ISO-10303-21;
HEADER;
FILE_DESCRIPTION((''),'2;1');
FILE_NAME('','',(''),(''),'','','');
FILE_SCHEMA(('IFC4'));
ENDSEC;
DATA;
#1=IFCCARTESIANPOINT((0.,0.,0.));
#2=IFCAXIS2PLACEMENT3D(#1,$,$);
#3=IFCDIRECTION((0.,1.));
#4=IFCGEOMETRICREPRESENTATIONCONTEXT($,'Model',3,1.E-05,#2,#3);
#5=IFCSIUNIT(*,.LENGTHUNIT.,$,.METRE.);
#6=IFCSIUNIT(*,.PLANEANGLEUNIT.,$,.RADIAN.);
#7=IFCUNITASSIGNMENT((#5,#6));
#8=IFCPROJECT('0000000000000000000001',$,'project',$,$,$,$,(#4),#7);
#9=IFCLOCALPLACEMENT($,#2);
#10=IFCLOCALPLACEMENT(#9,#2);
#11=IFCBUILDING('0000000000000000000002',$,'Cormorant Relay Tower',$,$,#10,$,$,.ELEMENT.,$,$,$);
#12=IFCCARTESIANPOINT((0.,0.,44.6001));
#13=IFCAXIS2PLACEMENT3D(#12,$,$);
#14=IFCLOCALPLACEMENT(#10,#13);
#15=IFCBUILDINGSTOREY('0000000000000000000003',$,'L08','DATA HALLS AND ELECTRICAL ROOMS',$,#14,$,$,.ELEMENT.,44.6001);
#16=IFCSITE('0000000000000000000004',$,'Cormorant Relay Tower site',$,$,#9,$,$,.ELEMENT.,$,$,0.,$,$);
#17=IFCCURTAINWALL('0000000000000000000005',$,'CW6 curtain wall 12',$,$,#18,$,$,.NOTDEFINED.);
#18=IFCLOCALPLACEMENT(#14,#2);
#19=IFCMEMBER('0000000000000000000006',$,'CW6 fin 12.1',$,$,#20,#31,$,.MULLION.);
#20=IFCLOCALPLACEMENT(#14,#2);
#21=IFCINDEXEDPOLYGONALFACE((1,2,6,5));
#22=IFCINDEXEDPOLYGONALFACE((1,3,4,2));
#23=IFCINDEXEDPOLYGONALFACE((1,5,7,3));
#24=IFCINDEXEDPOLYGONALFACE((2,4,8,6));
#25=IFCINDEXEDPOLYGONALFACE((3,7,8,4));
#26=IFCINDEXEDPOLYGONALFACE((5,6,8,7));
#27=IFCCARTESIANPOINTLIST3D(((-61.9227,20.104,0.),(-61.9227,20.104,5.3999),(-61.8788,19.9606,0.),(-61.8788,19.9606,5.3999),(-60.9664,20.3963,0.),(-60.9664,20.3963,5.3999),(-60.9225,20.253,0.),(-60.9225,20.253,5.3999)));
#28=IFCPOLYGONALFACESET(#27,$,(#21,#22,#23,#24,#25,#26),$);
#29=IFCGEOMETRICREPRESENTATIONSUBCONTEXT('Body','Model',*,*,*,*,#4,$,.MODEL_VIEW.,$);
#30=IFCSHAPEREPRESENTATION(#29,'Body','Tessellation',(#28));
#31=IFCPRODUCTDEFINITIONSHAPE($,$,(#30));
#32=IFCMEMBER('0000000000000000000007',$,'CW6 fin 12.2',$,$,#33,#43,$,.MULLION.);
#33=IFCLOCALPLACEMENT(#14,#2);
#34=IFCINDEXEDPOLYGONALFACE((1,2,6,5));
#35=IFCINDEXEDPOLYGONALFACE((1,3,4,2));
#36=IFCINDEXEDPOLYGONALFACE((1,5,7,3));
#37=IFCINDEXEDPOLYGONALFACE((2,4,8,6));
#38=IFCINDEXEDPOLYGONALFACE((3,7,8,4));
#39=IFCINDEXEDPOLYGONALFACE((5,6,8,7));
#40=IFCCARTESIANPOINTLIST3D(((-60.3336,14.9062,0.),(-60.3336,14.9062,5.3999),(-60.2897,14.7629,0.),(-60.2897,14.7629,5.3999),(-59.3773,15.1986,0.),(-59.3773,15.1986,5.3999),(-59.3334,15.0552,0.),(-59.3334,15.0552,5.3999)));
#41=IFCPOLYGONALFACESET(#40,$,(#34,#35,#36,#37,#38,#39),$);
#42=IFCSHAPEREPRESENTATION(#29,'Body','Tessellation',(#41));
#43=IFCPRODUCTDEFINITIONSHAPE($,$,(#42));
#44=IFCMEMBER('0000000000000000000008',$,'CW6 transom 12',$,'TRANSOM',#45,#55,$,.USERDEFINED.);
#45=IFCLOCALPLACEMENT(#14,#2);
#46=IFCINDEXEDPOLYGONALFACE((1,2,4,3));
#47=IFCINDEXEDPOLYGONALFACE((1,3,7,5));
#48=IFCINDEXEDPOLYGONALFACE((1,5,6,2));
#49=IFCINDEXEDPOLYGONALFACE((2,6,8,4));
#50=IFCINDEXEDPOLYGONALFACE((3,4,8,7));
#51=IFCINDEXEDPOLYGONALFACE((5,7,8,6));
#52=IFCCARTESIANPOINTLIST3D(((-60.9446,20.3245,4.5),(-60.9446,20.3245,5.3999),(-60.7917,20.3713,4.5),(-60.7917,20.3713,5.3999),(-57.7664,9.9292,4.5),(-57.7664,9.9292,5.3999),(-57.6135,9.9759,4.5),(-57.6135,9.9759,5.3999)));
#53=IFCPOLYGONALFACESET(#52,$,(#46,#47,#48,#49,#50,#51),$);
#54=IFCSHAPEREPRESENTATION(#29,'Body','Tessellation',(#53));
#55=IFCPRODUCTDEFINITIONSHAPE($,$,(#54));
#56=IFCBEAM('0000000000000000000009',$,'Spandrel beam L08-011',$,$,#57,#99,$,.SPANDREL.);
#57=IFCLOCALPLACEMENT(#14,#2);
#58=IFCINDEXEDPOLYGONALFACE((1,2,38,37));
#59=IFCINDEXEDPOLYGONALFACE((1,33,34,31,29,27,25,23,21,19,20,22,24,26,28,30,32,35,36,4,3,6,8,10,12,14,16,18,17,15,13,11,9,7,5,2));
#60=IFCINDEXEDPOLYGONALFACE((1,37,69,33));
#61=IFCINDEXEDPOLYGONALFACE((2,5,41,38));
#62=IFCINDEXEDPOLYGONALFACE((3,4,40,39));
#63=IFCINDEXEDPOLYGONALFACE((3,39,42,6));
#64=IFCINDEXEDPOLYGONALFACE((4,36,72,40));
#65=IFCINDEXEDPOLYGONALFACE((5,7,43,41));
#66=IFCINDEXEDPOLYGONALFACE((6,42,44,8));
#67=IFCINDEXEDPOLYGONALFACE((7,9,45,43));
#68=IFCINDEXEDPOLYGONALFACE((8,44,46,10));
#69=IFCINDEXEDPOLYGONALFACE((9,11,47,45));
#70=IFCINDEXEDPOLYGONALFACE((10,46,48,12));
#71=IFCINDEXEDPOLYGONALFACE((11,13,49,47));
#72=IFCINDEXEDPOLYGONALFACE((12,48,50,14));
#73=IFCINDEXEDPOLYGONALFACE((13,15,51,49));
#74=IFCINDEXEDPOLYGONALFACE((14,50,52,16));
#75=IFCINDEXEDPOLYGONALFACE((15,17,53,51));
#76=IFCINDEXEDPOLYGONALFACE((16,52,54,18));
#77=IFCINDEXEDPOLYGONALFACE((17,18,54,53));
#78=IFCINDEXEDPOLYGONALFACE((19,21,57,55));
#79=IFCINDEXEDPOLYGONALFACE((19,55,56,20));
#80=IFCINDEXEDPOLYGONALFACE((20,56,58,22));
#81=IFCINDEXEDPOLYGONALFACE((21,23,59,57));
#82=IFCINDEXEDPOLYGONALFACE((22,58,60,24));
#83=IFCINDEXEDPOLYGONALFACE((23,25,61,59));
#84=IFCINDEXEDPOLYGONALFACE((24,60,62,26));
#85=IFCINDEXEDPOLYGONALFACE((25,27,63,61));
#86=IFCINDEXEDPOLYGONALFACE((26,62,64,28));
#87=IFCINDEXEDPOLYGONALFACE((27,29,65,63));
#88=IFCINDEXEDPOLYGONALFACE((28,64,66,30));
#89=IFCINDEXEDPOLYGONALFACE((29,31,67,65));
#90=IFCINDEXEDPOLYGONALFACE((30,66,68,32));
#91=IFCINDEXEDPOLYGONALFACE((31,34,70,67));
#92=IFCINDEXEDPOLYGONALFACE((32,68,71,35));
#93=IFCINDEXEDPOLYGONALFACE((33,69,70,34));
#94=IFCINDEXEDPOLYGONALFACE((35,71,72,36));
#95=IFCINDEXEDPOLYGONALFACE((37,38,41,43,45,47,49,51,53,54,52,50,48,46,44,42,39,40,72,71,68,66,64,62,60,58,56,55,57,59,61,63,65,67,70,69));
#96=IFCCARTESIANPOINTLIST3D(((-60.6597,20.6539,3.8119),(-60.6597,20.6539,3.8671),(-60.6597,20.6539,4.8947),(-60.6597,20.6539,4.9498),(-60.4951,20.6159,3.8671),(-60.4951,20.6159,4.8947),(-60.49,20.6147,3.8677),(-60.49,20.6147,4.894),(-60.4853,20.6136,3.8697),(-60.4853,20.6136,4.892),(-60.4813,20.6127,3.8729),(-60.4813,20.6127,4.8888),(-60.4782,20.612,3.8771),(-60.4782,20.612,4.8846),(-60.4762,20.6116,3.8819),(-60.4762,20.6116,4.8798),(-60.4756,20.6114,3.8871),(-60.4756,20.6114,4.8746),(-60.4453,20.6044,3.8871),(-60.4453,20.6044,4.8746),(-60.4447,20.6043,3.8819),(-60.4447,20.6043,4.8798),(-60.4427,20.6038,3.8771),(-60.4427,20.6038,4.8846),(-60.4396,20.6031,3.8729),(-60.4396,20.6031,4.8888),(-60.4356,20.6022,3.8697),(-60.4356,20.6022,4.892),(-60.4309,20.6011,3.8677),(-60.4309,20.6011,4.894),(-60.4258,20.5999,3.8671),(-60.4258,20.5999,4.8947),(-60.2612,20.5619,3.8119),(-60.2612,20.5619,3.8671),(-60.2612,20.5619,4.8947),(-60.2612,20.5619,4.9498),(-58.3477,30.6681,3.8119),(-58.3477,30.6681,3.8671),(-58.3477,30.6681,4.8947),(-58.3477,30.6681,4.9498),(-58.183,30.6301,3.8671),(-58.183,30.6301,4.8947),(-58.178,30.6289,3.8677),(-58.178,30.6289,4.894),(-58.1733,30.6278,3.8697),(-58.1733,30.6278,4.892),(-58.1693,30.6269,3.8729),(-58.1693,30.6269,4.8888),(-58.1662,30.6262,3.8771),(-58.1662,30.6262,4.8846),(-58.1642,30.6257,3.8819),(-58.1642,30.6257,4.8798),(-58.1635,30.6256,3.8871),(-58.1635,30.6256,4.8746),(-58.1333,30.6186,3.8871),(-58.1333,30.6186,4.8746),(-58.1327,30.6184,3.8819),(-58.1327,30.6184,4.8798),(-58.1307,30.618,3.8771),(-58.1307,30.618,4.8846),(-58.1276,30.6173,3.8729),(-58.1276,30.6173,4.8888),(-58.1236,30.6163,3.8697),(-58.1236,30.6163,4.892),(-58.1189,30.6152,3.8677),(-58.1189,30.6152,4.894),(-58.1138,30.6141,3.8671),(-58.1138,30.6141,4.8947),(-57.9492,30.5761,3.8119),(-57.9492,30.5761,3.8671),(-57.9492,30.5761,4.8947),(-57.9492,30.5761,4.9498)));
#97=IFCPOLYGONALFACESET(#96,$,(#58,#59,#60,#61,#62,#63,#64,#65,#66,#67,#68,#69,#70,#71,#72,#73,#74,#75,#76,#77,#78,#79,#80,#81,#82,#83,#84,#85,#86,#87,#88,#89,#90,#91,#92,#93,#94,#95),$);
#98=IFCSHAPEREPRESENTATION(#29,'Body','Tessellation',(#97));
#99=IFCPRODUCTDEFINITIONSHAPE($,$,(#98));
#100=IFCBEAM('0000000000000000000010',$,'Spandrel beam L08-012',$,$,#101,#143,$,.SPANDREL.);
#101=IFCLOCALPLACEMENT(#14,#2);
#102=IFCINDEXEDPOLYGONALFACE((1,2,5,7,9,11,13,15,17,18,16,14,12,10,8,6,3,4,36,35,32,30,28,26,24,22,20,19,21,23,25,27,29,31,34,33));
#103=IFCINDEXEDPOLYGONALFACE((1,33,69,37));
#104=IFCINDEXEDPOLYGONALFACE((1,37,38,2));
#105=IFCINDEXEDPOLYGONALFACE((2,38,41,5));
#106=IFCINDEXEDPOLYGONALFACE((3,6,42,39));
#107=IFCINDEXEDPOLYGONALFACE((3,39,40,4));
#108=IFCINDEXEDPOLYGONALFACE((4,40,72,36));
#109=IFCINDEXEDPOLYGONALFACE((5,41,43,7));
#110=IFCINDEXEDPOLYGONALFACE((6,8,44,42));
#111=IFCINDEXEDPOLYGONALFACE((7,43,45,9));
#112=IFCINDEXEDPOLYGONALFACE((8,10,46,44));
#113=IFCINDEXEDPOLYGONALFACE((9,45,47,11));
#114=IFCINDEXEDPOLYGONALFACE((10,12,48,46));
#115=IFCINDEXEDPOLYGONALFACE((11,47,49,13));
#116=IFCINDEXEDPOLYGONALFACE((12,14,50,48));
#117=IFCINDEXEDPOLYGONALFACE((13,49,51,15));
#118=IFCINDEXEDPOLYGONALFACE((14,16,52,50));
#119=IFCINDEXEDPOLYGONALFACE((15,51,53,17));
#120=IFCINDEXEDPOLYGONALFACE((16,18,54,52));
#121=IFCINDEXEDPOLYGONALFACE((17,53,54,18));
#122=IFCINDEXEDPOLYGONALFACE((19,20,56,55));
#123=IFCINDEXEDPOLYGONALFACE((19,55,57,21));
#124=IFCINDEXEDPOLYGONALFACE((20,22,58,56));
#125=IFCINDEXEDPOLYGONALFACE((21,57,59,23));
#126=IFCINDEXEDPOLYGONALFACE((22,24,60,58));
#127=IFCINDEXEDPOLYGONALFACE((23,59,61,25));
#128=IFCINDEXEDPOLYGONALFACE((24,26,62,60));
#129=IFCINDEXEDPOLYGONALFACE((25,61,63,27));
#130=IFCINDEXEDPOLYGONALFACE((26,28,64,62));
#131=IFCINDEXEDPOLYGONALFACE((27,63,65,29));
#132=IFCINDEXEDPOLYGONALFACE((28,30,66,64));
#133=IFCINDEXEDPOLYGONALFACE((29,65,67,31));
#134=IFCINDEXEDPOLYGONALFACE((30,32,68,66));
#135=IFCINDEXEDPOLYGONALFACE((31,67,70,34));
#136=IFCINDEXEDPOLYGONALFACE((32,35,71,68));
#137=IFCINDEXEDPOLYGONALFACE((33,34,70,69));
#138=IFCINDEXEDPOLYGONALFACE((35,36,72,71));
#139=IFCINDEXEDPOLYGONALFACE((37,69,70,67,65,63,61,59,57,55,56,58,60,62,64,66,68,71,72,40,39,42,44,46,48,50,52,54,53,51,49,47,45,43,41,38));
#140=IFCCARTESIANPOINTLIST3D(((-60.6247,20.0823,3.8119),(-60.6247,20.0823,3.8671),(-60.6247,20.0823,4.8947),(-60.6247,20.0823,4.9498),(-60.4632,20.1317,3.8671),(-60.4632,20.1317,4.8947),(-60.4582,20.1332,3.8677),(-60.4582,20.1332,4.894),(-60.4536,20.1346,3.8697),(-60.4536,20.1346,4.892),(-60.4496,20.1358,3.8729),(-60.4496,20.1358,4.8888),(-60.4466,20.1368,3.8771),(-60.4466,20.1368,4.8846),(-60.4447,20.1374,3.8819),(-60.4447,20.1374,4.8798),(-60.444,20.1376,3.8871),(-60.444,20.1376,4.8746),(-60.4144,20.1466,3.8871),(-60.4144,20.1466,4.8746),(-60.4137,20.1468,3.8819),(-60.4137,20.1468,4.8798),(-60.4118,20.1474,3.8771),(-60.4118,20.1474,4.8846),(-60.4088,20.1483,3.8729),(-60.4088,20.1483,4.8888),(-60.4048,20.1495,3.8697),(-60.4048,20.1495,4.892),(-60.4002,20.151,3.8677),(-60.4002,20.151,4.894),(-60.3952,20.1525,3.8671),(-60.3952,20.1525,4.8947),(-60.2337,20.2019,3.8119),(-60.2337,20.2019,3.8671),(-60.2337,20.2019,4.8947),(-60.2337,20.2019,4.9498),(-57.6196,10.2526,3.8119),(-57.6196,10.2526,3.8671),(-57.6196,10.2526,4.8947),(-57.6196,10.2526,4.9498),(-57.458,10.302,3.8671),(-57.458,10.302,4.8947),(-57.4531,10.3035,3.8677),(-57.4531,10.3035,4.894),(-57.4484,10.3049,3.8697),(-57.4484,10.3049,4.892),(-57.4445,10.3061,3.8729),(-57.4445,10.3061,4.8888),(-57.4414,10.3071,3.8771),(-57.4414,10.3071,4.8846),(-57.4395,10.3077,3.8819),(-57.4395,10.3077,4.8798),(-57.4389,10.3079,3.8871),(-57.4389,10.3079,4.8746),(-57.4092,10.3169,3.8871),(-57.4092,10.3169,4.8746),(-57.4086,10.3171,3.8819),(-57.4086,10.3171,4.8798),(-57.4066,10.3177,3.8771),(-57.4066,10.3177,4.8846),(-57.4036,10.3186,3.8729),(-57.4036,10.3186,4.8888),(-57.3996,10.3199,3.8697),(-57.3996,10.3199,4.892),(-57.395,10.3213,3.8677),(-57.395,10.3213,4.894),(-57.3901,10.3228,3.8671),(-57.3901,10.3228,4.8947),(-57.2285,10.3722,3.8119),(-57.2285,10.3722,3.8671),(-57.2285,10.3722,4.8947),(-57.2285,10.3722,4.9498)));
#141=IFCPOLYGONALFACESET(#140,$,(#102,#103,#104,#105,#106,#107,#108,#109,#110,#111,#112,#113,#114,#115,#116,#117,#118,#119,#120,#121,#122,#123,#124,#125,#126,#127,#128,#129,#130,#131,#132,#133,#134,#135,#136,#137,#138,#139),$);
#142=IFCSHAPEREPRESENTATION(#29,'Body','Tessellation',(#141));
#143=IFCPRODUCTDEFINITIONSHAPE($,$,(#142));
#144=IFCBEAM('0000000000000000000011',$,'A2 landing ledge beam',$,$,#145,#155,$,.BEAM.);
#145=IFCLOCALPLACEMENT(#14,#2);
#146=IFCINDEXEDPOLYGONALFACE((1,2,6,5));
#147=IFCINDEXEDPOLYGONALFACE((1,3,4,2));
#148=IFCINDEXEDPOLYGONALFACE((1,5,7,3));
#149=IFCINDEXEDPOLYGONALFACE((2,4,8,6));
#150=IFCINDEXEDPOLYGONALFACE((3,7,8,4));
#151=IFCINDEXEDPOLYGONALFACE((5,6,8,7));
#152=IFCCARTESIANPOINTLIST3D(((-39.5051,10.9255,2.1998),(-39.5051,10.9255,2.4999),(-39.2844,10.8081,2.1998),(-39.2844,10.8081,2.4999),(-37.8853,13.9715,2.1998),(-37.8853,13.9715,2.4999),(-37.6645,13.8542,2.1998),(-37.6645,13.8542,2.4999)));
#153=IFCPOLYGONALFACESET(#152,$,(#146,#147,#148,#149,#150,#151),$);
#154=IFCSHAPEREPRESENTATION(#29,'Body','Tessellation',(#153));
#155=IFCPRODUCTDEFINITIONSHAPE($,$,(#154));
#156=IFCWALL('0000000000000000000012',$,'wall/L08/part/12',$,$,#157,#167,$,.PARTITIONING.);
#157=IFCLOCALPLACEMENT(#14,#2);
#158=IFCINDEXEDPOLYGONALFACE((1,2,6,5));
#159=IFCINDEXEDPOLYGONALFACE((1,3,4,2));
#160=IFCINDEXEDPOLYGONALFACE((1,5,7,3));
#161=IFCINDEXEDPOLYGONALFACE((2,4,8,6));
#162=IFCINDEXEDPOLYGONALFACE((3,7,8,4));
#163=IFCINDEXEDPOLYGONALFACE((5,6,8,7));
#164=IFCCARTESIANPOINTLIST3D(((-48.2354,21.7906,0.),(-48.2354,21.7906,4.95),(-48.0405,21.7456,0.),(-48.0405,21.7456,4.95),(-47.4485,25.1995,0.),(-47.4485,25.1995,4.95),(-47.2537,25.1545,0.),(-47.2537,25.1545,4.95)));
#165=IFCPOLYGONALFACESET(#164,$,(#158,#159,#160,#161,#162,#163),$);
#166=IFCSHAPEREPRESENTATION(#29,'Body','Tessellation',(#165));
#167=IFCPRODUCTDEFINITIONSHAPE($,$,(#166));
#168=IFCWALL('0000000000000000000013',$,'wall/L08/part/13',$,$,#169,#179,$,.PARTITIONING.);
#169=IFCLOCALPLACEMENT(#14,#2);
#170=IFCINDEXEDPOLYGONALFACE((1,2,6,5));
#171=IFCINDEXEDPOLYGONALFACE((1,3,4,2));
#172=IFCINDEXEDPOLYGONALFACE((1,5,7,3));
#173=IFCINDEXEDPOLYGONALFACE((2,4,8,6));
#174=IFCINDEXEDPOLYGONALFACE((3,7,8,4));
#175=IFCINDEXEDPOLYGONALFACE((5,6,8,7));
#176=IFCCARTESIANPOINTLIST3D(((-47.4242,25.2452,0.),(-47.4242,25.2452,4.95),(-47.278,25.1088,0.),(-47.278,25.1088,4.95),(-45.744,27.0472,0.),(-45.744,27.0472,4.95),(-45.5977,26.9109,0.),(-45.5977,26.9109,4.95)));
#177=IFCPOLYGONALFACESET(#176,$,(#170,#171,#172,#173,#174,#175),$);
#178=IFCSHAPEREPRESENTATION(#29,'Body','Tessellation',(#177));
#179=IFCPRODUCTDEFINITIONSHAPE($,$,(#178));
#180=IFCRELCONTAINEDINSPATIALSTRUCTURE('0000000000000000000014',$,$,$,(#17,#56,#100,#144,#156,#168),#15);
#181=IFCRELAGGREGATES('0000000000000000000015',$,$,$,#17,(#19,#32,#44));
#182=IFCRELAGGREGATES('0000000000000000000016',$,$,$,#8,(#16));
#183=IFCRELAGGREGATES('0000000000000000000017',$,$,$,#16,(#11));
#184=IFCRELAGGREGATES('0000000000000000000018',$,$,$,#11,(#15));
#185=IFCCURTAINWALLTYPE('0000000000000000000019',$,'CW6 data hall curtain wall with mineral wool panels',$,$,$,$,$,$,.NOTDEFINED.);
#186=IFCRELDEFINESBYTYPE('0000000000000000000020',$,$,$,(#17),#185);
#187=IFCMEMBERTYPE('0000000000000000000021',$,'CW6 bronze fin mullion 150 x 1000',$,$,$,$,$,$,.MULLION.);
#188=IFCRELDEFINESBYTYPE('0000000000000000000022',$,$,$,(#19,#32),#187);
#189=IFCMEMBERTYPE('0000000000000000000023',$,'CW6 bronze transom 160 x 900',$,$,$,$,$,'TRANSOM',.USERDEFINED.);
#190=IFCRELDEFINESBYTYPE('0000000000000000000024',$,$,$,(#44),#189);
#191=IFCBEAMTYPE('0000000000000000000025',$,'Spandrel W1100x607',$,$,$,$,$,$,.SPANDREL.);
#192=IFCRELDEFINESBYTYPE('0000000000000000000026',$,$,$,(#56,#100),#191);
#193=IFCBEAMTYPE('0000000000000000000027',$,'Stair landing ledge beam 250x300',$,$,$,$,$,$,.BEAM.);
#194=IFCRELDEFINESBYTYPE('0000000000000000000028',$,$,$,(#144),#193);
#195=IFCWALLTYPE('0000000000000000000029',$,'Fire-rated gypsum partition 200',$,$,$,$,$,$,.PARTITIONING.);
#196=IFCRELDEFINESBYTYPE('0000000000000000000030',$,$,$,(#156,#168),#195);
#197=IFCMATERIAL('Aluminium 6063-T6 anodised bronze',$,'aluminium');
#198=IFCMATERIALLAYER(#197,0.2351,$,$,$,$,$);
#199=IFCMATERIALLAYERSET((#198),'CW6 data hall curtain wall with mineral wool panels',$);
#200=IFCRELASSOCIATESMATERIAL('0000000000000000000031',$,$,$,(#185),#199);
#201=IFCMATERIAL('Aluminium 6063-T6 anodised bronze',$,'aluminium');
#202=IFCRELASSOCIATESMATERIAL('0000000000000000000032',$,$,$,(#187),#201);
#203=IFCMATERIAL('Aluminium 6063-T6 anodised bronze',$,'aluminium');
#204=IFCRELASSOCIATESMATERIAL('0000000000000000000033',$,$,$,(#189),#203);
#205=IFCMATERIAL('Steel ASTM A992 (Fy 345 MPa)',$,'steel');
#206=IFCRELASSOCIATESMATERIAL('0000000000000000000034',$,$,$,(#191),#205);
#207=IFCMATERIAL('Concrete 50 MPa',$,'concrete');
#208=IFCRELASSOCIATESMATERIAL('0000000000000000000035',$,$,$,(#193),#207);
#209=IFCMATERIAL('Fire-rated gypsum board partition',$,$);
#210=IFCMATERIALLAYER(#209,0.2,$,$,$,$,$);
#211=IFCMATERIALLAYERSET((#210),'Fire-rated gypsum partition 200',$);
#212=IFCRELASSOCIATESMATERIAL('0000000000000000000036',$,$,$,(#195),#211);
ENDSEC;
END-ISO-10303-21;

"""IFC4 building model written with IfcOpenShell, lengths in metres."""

from ifc_helpers import new_model, si_unit, direction, frame, frame_2d, origin, origin_2d, place, context, subcontext, project, spatial, rectangle, i_section, extrude, material, layer, layer_set, material_profile, profile_set, type_object, element, aggregate, save


model = new_model("IFC4")

# Units and contexts
model_context = context("Model", 3, precision=1e-05, world=origin(), true_north=direction((0.0, 1.0)))
body_context = subcontext(model_context, "Body", "Model", "MODEL_VIEW")
ifc_project = project(units=[si_unit("LENGTHUNIT", "METRE"), si_unit("PLANEANGLEUNIT", "RADIAN")], contexts=[model_context])

# Site, building, storey
site_placement = place(None, origin())
site = spatial("IfcSite", under=ifc_project, at=site_placement, Name="Cormorant Relay Tower site", CompositionType="ELEMENT", RefElevation=0.0)
building_placement = place(site_placement, origin())
building = spatial("IfcBuilding", under=site, at=building_placement, Name="Cormorant Relay Tower", CompositionType="ELEMENT")
storey_placement = place(building_placement, frame((0.0, 0.0, 44.6001)))
storey = spatial("IfcBuildingStorey", under=building, at=storey_placement, Name="L08", Description="DATA HALLS AND ELECTRICAL ROOMS", CompositionType="ELEMENT", Elevation=44.6001)

# Shared definitions
ifc_material_1 = material(Name="Aluminium 6063-T6 anodised bronze", Category="aluminium")
ifc_layer_1 = layer(ifc_material_1, 0.2351)
ifc_layer_set_1 = layer_set([ifc_layer_1], Name="CW6 data hall curtain wall with mineral wool panels")
curtain_wall_type = type_object("IfcCurtainWallType", Name="CW6 data hall curtain wall with mineral wool panels", PredefinedType="NOTDEFINED", material=ifc_layer_set_1)
ifc_material_2 = material(Name="Aluminium 6063-T6 anodised bronze", Category="aluminium")
ifc_material_profile_1 = material_profile(ifc_material_2, rectangle(XDim=0.1499, YDim=1.0, at=origin_2d()), Name="AL 150x1000")
ifc_profile_set_1 = profile_set([ifc_material_profile_1], Name="Aluminium 6063-T6 anodised bronze")
member_type_1 = type_object("IfcMemberType", Name="CW6 bronze fin mullion 150 x 1000", PredefinedType="MULLION", material=ifc_profile_set_1)

# Curtain wall, members
curtain_wall_1_placement = place(storey_placement, origin())
curtain_wall_1 = element("IfcCurtainWall", 1, at=curtain_wall_1_placement, inside=storey, type_object=curtain_wall_type, Name="CW6 curtain wall 12", PredefinedType="NOTDEFINED")
member_1_placement = place(storey_placement, frame((-61.4226, 20.1785, 0.0), z_axis=(0.0, 0.0, 1.0), x_axis=(0.292372, -0.956305, 0.0)))
member_1 = element("IfcMember", 2, at=member_1_placement, type_object=member_type_1, Name="CW6 fin 12.1", PredefinedType="MULLION", context=body_context, shape_type="SweptSolid", body=[
    extrude(rectangle(XDim=0.1499, YDim=1.0, at=origin_2d()), origin(), (0.0, 0.0, 1.0), 5.3999),
])
member_2_placement = place(storey_placement, frame((-59.8335, 14.9807, 0.0), z_axis=(0.0, 0.0, 1.0), x_axis=(0.292372, -0.956305, 0.0)))
member_2 = element("IfcMember", 3, at=member_2_placement, type_object=member_type_1, Name="CW6 fin 12.2", PredefinedType="MULLION", context=body_context, shape_type="SweptSolid", body=[
    extrude(rectangle(XDim=0.1499, YDim=1.0, at=origin_2d()), origin(), (0.0, 0.0, 1.0), 5.3999),
])
ifc_material_3 = material(Name="Aluminium 6063-T6 anodised bronze", Category="aluminium")
ifc_material_profile_2 = material_profile(ifc_material_3, rectangle(XDim=0.1599, YDim=0.8999, at=origin_2d()), Name="AL 160x900")
ifc_profile_set_2 = profile_set([ifc_material_profile_2], Name="Aluminium 6063-T6 anodised bronze")
member_type_2 = type_object("IfcMemberType", Name="CW6 bronze transom 160 x 900", ElementType="TRANSOM", PredefinedType="USERDEFINED", material=ifc_profile_set_2)
member_3_placement = place(storey_placement, frame((-60.8682, 20.3479, 4.95), z_axis=(0.292378, -0.956303, 0.0), x_axis=(0.956303, 0.292378, 0.0)))
member_3 = element("IfcMember", 4, at=member_3_placement, type_object=member_type_2, Name="CW6 transom 12", ObjectType="TRANSOM", PredefinedType="USERDEFINED", context=body_context, shape_type="SweptSolid", body=[
    extrude(rectangle(XDim=0.1599, YDim=0.8999, at=origin_2d()), origin(), (0.0, 0.0, 1.0), 10.8704),
])

# Beams
ifc_material_4 = material(Name="Steel ASTM A992 (Fy 345 MPa)", Category="steel")
ifc_material_profile_3 = material_profile(ifc_material_4, i_section(OverallWidth=0.4089, OverallDepth=1.1379, WebThickness=0.031, FlangeThickness=0.0552, FilletRadius=0.02, at=origin_2d()), Name="W1100x607")
ifc_profile_set_3 = profile_set([ifc_material_profile_3], Name="Steel ASTM A992 (Fy 345 MPa)")
beam_type_1 = type_object("IfcBeamType", Name="Spandrel W1100x607", PredefinedType="SPANDREL", material=ifc_profile_set_3)
beam_1_placement = place(storey_placement, frame((-58.1484, 30.6221, 4.3809), z_axis=(-0.224957, -0.974369, 0.0), x_axis=(0.974369, -0.224957, 0.0)))
element("IfcBeam", 5, at=beam_1_placement, inside=storey, type_object=beam_type_1, Name="Spandrel beam L08-011", PredefinedType="SPANDREL", context=body_context, shape_type="SweptSolid", body=[
    extrude(i_section(OverallWidth=0.4089, OverallDepth=1.1379, WebThickness=0.031, FlangeThickness=0.0552, FilletRadius=0.02, at=origin_2d()), origin(), (0.0, 0.0, 1.0), 10.2776),
])
beam_2_placement = place(storey_placement, frame((-60.4292, 20.1421, 4.3809), z_axis=(0.292365, -0.956307, 0.0), x_axis=(0.956307, 0.292365, 0.0)))
element("IfcBeam", 6, at=beam_2_placement, inside=storey, type_object=beam_type_1, Name="Spandrel beam L08-012", PredefinedType="SPANDREL", context=body_context, shape_type="SweptSolid", body=[
    extrude(i_section(OverallWidth=0.4089, OverallDepth=1.1379, WebThickness=0.031, FlangeThickness=0.0552, FilletRadius=0.02, at=origin_2d()), origin(), (0.0, 0.0, 1.0), 10.2788),
])
ifc_material_5 = material(Name="Concrete 50 MPa", Category="concrete")
ifc_material_profile_4 = material_profile(ifc_material_5, rectangle(XDim=0.25, YDim=0.3, at=origin_2d()), Name="RC 250x300")
ifc_profile_set_4 = profile_set([ifc_material_profile_4], Name="Concrete 50 MPa")
beam_type_2 = type_object("IfcBeamType", Name="Stair landing ledge beam 250x300", PredefinedType="BEAM", material=ifc_profile_set_4)
beam_3_placement = place(storey_placement, frame((-37.7749, 13.9128, 2.3499), z_axis=(-0.469519, -0.882922, 0.0), x_axis=(0.882922, -0.469519, 0.0)))
element("IfcBeam", 7, at=beam_3_placement, inside=storey, type_object=beam_type_2, Name="A2 landing ledge beam", PredefinedType="BEAM", context=body_context, shape_type="SweptSolid", body=[
    extrude(rectangle(XDim=0.25, YDim=0.3, at=origin_2d()), origin(), (0.0, 0.0, 1.0), 3.45),
])

# Walls
ifc_material_6 = material(Name="Fire-rated gypsum board partition")
ifc_layer_2 = layer(ifc_material_6, 0.2)
ifc_layer_set_2 = layer_set([ifc_layer_2], Name="Fire-rated gypsum partition 200")
wall_type_1 = type_object("IfcWallType", Name="Fire-rated gypsum partition 200", PredefinedType="PARTITIONING", material=ifc_layer_set_2)
wall_1_placement = place(storey_placement, frame((-48.1379, 21.7681, 0.0), z_axis=(0.0, 0.0, 1.0), x_axis=(0.22491, 0.974379, 0.0)))
element("IfcWall", 8, at=wall_1_placement, inside=storey, type_object=wall_type_1, Name="wall/L08/part/12", PredefinedType="PARTITIONING", context=body_context, shape_type="SweptSolid", body=[
    extrude(rectangle(XDim=3.4985, YDim=0.2, at=frame_2d((1.7493, 0.0))), origin(), (0.0, 0.0, 1.0), 4.95),
])
wall_2_placement = place(storey_placement, frame((-47.3511, 25.177, 0.0), z_axis=(0.0, 0.0, 1.0), x_axis=(0.681951, 0.731398, 0.0)))
element("IfcWall", 9, at=wall_2_placement, inside=storey, type_object=wall_type_1, Name="wall/L08/part/13", PredefinedType="PARTITIONING", context=body_context, shape_type="SweptSolid", body=[
    extrude(rectangle(XDim=2.4639, YDim=0.2, at=frame_2d((1.2319, 0.0))), origin(), (0.0, 0.0, 1.0), 4.95),
])

aggregate(curtain_wall_1, [member_1, member_2, member_3])

save(model, "model.ifc")
